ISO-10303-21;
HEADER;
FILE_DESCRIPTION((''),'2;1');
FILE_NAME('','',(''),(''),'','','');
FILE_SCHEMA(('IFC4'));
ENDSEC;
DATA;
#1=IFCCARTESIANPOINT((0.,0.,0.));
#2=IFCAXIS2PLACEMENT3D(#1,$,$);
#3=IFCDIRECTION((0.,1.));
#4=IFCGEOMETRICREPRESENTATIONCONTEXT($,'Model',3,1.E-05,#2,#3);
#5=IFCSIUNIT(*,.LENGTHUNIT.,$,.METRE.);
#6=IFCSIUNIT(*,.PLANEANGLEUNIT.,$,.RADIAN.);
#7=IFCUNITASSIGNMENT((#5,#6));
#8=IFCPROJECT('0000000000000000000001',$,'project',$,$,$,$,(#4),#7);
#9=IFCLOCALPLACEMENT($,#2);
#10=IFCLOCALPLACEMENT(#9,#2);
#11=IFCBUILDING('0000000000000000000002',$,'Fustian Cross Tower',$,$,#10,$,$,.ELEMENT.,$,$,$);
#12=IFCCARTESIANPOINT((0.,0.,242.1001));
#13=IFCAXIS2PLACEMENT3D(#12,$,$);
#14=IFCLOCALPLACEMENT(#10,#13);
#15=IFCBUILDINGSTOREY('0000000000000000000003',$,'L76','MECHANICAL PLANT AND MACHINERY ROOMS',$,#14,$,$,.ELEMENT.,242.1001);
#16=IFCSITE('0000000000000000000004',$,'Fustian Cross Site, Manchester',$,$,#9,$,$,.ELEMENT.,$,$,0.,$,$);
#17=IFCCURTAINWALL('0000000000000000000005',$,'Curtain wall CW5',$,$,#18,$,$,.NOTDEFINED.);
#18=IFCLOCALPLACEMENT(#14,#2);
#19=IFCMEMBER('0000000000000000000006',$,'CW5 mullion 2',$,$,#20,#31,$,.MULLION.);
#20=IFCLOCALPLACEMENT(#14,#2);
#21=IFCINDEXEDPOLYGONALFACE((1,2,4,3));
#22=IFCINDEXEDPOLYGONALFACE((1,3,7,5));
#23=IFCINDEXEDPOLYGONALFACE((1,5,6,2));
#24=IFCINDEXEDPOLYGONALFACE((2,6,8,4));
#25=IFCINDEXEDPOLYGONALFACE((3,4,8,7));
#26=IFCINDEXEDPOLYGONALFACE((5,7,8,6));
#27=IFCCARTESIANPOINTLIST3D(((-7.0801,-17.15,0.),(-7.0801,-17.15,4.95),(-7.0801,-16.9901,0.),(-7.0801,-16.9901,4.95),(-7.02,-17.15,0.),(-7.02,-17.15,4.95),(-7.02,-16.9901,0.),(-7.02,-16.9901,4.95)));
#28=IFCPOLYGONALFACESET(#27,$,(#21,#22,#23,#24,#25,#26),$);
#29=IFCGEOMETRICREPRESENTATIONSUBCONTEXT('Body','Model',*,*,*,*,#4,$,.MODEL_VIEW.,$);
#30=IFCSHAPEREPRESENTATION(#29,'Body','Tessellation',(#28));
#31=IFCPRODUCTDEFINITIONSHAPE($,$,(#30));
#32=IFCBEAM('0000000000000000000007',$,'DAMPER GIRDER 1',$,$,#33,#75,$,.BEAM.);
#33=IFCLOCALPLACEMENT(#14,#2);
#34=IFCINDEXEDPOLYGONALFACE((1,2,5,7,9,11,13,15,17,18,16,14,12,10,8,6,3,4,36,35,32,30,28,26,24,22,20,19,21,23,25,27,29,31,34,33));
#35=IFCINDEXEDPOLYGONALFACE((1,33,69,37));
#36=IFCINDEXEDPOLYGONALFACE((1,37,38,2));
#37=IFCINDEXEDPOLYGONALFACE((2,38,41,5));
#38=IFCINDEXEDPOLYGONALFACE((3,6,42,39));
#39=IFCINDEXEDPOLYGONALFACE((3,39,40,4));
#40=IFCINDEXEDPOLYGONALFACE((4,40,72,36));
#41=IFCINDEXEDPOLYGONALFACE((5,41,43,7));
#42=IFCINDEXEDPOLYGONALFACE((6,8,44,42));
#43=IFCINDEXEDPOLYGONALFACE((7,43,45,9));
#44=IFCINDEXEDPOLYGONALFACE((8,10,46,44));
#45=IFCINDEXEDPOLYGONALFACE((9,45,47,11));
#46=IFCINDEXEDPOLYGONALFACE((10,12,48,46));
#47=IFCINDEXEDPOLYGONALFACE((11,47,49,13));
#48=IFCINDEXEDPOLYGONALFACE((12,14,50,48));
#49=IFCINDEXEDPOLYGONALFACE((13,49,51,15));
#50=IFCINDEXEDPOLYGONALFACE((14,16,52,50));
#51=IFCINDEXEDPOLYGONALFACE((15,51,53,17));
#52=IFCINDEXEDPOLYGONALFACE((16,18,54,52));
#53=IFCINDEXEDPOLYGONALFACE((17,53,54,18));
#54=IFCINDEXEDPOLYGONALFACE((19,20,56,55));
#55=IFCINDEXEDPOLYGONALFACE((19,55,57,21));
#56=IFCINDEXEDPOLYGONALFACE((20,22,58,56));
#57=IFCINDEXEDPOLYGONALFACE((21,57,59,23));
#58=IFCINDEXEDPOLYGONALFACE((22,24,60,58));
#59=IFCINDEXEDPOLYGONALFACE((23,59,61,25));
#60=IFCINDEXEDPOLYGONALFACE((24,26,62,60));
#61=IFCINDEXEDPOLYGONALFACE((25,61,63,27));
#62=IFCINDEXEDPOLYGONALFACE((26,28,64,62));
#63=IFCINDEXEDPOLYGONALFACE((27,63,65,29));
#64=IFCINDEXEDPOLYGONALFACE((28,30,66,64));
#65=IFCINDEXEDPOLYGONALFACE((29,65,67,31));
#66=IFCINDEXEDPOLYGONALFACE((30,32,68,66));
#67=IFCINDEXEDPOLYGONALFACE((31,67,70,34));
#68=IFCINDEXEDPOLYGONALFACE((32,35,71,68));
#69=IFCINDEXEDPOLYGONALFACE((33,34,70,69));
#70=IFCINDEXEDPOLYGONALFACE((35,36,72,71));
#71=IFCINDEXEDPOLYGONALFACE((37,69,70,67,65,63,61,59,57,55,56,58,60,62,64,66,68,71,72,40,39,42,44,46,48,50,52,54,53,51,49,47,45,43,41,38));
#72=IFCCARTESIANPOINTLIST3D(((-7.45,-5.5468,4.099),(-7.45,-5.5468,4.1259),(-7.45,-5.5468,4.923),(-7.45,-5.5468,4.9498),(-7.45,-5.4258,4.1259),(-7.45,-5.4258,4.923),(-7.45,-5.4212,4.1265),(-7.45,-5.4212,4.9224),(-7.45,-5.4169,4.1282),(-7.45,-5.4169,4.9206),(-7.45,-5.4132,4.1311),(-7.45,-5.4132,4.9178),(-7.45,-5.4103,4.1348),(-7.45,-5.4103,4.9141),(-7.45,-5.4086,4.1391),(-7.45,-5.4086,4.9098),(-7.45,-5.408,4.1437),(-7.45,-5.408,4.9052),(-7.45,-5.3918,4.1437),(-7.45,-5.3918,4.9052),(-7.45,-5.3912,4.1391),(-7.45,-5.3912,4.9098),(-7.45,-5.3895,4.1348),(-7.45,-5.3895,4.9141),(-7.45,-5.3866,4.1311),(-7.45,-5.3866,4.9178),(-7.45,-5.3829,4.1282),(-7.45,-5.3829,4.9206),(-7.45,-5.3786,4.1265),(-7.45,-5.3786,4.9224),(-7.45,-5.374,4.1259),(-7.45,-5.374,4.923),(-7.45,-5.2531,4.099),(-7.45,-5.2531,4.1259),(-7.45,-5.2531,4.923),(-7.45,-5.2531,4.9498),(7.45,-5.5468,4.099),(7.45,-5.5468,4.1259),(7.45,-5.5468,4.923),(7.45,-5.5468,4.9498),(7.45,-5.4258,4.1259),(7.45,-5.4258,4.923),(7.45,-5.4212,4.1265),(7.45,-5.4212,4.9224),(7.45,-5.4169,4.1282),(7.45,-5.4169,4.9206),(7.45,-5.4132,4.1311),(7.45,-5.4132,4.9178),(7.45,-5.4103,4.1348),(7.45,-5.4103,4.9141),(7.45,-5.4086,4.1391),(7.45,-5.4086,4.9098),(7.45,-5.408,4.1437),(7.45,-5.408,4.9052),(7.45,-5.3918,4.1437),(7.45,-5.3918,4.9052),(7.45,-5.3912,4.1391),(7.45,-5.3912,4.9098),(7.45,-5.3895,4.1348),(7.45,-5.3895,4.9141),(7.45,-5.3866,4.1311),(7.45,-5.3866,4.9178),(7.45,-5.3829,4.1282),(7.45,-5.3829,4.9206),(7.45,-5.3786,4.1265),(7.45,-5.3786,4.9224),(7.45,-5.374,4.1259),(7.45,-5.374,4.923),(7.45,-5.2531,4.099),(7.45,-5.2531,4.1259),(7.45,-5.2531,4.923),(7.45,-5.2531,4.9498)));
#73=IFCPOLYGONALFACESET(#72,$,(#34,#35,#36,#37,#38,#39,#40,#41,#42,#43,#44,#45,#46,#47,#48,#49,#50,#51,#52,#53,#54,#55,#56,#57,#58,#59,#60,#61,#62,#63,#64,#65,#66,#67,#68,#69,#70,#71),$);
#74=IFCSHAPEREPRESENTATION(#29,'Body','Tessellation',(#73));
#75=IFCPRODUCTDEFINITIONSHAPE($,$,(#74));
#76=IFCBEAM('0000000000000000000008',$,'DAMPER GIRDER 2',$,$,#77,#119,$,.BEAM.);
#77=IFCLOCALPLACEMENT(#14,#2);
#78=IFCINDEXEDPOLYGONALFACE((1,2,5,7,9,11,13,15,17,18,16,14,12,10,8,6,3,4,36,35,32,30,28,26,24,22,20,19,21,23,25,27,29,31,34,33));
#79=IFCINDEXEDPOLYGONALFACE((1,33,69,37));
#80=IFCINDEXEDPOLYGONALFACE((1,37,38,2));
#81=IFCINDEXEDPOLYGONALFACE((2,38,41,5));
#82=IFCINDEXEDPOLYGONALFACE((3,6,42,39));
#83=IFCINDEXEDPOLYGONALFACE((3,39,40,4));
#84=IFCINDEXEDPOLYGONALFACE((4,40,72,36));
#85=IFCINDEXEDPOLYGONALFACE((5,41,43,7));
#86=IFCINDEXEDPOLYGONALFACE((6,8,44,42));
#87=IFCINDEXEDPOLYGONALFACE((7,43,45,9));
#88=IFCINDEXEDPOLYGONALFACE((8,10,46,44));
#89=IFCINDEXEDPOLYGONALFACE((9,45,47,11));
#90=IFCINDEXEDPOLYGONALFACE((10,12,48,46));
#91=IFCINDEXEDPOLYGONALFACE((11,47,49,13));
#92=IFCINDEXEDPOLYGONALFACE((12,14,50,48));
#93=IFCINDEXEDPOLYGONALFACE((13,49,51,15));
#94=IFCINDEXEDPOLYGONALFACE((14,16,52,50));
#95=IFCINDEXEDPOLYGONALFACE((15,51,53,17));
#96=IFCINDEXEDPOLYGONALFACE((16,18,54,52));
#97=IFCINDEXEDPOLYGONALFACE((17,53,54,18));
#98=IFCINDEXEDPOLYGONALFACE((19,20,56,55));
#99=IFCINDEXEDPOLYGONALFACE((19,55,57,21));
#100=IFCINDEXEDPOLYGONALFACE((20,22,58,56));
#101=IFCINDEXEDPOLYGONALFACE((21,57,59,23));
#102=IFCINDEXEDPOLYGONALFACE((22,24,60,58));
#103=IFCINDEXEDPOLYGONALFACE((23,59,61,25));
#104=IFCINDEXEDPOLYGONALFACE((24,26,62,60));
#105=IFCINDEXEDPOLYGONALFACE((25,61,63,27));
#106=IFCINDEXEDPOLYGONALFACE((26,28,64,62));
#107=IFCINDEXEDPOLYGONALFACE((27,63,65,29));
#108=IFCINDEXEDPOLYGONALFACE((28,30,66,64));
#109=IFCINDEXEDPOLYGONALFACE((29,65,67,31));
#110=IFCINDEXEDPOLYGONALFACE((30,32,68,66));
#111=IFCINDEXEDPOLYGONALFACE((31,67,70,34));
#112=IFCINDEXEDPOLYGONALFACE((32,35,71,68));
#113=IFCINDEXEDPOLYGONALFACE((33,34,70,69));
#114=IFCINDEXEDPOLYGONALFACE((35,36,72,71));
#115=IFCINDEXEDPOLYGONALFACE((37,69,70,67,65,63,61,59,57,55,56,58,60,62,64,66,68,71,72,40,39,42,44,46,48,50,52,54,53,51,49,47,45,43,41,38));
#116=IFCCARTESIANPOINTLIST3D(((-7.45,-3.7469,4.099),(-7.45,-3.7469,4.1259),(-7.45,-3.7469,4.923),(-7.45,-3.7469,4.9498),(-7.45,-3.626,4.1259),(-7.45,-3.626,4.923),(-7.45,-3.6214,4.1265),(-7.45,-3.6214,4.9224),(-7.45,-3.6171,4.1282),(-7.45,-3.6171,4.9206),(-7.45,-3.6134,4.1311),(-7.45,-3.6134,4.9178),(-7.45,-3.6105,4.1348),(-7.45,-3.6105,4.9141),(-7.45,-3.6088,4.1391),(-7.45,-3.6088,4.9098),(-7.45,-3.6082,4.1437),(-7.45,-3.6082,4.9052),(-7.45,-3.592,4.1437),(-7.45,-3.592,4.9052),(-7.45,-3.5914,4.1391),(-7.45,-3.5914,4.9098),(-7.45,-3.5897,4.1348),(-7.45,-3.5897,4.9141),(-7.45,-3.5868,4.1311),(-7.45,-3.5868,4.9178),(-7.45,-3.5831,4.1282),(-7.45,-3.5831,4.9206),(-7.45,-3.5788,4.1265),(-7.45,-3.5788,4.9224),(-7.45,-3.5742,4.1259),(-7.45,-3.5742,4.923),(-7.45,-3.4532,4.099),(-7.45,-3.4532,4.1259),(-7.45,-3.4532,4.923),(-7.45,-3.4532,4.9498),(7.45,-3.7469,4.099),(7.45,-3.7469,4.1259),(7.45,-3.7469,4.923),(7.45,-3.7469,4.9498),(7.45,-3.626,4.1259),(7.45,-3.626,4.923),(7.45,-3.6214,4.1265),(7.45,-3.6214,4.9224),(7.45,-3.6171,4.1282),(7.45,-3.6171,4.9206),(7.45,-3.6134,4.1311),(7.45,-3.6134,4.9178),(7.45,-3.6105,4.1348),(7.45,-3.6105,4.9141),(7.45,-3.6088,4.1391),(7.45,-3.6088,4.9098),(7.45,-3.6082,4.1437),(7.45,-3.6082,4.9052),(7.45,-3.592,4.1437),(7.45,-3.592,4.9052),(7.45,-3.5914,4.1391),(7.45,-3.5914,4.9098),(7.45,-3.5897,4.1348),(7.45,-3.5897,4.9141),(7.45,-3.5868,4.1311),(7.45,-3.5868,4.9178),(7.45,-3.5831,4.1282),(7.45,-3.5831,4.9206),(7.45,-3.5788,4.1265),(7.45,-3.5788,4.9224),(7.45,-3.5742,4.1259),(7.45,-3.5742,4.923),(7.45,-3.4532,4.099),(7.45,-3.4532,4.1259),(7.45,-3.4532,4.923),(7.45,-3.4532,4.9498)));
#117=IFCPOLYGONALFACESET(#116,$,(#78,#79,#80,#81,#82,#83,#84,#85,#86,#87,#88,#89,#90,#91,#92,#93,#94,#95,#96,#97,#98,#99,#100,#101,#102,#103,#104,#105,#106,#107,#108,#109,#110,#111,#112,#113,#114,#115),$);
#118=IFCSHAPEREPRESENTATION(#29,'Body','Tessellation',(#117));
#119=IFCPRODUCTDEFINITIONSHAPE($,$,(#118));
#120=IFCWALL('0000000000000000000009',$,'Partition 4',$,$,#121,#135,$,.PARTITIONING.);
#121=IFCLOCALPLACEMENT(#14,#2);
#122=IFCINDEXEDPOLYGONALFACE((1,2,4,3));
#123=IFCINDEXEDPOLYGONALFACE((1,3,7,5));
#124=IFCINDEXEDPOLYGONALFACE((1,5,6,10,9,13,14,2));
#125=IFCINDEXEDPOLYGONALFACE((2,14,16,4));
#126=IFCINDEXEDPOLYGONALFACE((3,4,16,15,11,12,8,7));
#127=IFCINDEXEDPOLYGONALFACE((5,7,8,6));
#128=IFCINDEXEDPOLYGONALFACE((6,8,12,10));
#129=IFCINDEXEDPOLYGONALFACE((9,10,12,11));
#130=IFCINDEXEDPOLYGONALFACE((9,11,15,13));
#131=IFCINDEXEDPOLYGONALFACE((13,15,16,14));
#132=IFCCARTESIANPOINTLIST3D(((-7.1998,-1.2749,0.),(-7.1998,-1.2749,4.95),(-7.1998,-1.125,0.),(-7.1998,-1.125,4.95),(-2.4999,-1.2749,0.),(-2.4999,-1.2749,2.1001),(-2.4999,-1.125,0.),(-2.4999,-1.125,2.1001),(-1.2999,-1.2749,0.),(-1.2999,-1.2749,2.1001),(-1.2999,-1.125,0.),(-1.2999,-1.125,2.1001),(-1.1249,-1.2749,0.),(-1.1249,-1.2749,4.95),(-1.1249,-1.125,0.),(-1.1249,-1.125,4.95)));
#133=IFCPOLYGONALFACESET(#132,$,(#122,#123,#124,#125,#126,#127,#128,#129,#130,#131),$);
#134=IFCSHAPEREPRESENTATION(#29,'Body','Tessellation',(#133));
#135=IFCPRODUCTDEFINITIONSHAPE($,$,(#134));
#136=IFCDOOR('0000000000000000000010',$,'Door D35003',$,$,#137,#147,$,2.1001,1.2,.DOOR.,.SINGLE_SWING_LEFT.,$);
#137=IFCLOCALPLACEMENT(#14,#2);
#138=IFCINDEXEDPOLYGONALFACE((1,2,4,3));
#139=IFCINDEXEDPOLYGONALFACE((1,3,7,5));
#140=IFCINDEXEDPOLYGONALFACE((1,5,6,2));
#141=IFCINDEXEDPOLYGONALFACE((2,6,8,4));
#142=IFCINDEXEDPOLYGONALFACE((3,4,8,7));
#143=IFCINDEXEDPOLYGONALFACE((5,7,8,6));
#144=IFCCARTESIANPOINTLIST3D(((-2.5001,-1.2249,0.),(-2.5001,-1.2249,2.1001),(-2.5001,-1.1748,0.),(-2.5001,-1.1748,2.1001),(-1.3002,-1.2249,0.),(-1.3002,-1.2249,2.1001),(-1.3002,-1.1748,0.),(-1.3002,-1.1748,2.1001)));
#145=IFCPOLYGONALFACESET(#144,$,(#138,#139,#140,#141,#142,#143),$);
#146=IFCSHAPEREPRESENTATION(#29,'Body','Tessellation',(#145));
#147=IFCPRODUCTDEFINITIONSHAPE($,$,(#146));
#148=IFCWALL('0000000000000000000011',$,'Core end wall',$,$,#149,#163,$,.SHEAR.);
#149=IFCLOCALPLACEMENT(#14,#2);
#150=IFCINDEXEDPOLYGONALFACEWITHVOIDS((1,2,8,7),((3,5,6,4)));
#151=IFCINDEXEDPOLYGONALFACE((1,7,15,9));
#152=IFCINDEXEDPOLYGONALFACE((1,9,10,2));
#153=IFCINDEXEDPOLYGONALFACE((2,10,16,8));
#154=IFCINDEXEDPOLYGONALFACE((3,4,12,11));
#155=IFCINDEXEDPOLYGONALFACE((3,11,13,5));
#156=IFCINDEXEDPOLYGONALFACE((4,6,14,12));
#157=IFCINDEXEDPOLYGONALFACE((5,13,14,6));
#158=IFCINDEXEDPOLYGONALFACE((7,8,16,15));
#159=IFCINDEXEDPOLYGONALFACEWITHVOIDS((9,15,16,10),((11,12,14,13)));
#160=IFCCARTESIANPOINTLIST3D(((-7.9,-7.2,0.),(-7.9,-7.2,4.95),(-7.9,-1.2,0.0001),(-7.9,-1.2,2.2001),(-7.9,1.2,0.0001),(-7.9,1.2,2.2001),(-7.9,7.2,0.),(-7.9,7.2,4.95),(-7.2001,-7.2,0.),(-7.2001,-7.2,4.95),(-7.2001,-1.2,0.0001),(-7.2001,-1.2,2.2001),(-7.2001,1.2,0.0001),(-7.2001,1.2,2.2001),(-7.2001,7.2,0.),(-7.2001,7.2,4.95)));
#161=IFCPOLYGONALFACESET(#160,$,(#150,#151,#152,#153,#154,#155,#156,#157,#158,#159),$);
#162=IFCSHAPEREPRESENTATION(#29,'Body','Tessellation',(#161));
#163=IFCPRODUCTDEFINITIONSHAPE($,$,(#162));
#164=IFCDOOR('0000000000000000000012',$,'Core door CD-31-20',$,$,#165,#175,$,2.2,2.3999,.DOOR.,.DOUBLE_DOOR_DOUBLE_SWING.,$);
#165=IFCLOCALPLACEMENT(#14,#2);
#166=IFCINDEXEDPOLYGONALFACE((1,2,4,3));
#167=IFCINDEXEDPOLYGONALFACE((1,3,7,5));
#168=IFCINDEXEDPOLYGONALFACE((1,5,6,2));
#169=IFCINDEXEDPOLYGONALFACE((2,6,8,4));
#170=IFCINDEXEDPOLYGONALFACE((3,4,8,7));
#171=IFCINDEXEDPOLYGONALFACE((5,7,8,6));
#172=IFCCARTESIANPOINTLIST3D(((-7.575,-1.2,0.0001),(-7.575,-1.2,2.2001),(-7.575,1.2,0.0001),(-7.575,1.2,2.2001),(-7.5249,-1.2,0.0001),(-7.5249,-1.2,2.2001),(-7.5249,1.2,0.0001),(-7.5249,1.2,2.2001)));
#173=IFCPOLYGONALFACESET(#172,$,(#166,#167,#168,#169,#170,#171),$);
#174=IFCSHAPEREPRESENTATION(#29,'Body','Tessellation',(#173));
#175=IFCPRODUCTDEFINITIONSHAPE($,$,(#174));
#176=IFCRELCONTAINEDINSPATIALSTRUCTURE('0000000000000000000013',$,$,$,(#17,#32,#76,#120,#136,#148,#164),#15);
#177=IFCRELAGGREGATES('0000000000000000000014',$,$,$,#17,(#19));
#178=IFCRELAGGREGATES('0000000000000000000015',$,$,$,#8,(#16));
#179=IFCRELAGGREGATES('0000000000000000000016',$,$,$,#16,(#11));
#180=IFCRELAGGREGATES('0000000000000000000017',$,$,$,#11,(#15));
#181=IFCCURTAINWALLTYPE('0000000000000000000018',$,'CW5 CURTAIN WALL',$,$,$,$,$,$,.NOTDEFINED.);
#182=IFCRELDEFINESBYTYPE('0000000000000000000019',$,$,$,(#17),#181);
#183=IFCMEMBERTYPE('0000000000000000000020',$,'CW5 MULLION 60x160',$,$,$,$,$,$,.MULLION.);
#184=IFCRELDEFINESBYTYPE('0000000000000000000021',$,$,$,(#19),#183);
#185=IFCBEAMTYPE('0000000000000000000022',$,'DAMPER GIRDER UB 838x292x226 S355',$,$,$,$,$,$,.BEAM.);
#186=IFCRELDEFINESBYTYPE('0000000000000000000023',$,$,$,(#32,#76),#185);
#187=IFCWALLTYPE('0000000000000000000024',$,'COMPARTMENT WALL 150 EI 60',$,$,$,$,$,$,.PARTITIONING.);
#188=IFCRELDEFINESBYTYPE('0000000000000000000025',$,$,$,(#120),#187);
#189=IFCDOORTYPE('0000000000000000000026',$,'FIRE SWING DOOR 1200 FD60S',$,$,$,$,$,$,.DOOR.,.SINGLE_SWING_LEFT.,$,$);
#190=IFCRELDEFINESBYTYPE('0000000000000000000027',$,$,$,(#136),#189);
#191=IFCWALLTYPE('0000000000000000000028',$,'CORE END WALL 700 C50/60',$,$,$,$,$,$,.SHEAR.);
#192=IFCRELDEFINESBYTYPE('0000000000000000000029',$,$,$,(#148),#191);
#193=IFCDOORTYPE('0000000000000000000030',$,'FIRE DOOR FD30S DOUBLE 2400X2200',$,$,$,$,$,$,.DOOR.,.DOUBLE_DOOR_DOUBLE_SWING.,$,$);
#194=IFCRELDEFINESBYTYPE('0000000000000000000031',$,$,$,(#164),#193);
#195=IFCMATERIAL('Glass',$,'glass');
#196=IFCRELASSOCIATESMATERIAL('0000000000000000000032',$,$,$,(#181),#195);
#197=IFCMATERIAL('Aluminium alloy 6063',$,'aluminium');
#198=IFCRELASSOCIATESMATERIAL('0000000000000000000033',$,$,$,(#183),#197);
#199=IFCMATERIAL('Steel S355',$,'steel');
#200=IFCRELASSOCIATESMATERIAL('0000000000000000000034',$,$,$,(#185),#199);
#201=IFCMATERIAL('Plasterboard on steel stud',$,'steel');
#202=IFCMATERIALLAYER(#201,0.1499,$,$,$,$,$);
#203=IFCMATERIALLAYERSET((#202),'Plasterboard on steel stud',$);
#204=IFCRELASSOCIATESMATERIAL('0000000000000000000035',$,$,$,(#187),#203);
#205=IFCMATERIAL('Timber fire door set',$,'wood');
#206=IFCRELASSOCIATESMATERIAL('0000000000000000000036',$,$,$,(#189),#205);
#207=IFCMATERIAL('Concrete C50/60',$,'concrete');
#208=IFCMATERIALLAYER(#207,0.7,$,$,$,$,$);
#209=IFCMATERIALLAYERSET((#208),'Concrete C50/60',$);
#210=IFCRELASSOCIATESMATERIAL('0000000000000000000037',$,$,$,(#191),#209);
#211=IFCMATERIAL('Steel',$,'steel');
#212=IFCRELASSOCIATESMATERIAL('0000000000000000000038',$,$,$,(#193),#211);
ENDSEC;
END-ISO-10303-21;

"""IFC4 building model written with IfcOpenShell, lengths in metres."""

from ifc_helpers import new_model, si_unit, direction, frame, frame_2d, origin, origin_2d, place, context, subcontext, project, spatial, rectangle, i_section, extrude, material, layer, layer_set, material_profile, profile_set, type_object, element, fill, aggregate, save


model = new_model("IFC4")

# Units and contexts
model_context = context("Model", 3, precision=1e-05, world=origin(), true_north=direction((0.0, 1.0)))
body_context = subcontext(model_context, "Body", "Model", "MODEL_VIEW")
ifc_project = project(units=[si_unit("LENGTHUNIT", "METRE"), si_unit("PLANEANGLEUNIT", "RADIAN")], contexts=[model_context])

# Site, building, storey
site_placement = place(None, origin())
site = spatial("IfcSite", under=ifc_project, at=site_placement, Name="Fustian Cross Site, Manchester", CompositionType="ELEMENT", RefElevation=0.0)
building_placement = place(site_placement, origin())
building = spatial("IfcBuilding", under=site, at=building_placement, Name="Fustian Cross Tower", CompositionType="ELEMENT")
storey_placement = place(building_placement, frame((0.0, 0.0, 242.1001)))
storey = spatial("IfcBuildingStorey", under=building, at=storey_placement, Name="L76", Description="MECHANICAL PLANT AND MACHINERY ROOMS", CompositionType="ELEMENT", Elevation=242.1001)

# Curtain wall, member
ifc_material_1 = material(Name="Glass", Category="glass")
curtain_wall_type = type_object("IfcCurtainWallType", Name="CW5 CURTAIN WALL", PredefinedType="NOTDEFINED", material=ifc_material_1)
curtain_wall_placement = place(storey_placement, origin())
curtain_wall = element("IfcCurtainWall", 1, at=curtain_wall_placement, inside=storey, type_object=curtain_wall_type, Name="Curtain wall CW5", PredefinedType="NOTDEFINED")
ifc_material_2 = material(Name="Aluminium alloy 6063", Category="aluminium")
ifc_material_profile_1 = material_profile(ifc_material_2, rectangle(XDim=0.0601, YDim=0.1599, at=origin_2d()), Name="CW5 MULLION 60x160")
ifc_profile_set_1 = profile_set([ifc_material_profile_1], Name="Aluminium alloy 6063")
member_type = type_object("IfcMemberType", Name="CW5 MULLION 60x160", PredefinedType="MULLION", material=ifc_profile_set_1)
member_placement = place(storey_placement, frame((-7.05, -17.0701, 0.0), z_axis=(0.0, 0.0, 1.0), x_axis=(1.0, 0.0, 0.0)))
member = element("IfcMember", 2, at=member_placement, type_object=member_type, Name="CW5 mullion 2", PredefinedType="MULLION", context=body_context, shape_type="SweptSolid", body=[
    extrude(rectangle(XDim=0.0601, YDim=0.1599, at=origin_2d()), origin(), (0.0, 0.0, 1.0), 4.95),
])
aggregate(curtain_wall, [member])

# Beams
ifc_material_3 = material(Name="Steel S355", Category="steel")
ifc_material_profile_2 = material_profile(ifc_material_3, i_section(OverallWidth=0.2937, OverallDepth=0.8508, WebThickness=0.0161, FlangeThickness=0.0269, FilletRadius=0.0178, at=origin_2d()), Name="UB 838x292x226")
ifc_profile_set_2 = profile_set([ifc_material_profile_2], Name="Steel S355")
beam_type = type_object("IfcBeamType", Name="DAMPER GIRDER UB 838x292x226 S355", PredefinedType="BEAM", material=ifc_profile_set_2)
for number, where, z_axis, x_axis, name in (
    (3, (-7.45, -5.3999, 4.5244), (1.0, 0.0, 0.0), (0.0, 1.0, 0.0), "DAMPER GIRDER 1"),
    (4, (-7.45, -3.6001, 4.5244), (1.0, 0.0, 0.0), (0.0, 1.0, 0.0), "DAMPER GIRDER 2"),
):
    element("IfcBeam", number, at=place(storey_placement, frame(where, z_axis=z_axis, x_axis=x_axis)), inside=storey, type_object=beam_type, Name=name, PredefinedType="BEAM", context=body_context, shape_type="SweptSolid", body=[
        extrude(i_section(OverallWidth=0.2937, OverallDepth=0.8508, WebThickness=0.0161, FlangeThickness=0.0269, FilletRadius=0.0178, at=origin_2d()), origin(), (0.0, 0.0, 1.0), 14.8999),
    ])

# Walls, openings, doors
ifc_material_4 = material(Name="Plasterboard on steel stud", Category="steel")
ifc_layer_1 = layer(ifc_material_4, 0.1499)
ifc_layer_set_1 = layer_set([ifc_layer_1], Name="Plasterboard on steel stud")
wall_type_1 = type_object("IfcWallType", Name="COMPARTMENT WALL 150 EI 60", PredefinedType="PARTITIONING", material=ifc_layer_set_1)
wall_1_placement = place(storey_placement, frame((-7.2, -1.2, 0.0), z_axis=(0.0, 0.0, 1.0), x_axis=(1.0, 0.0, 0.0)))
wall_1 = element("IfcWall", 5, at=wall_1_placement, inside=storey, type_object=wall_type_1, Name="Partition 4", PredefinedType="PARTITIONING", context=body_context, shape_type="SweptSolid", body=[
    extrude(rectangle(XDim=6.075, YDim=0.1499, at=frame_2d((3.0376, 0.0))), origin(), (0.0, 0.0, 1.0), 4.95),
])
opening_1_placement = place(wall_1_placement, frame((4.7, 0.0, 0.0)))
opening_1 = element("IfcOpeningElement", 6, at=opening_1_placement, cuts=wall_1, PredefinedType="OPENING", context=body_context, shape_type="SweptSolid", body=[
    extrude(rectangle(XDim=1.2, YDim=2.1001, at=frame_2d((0.6001, 1.05))), frame((0.0, 0.085, 0.0), z_axis=(0.0, -1.0, 0.0), x_axis=(1.0, 0.0, 0.0)), (0.0, 0.0, 1.0), 0.1699),
])
ifc_material_5 = material(Name="Timber fire door set", Category="wood")
door_type_1 = type_object("IfcDoorType", Name="FIRE SWING DOOR 1200 FD60S", OperationType="SINGLE_SWING_LEFT", PredefinedType="DOOR", material=ifc_material_5)
door_1_placement = place(opening_1_placement, frame((1.2, 0.0, 0.0), z_axis=(0.0, 0.0, 1.0), x_axis=(-1.0, 0.0, 0.0)))
door_1 = element("IfcDoor", 7, at=door_1_placement, inside=storey, type_object=door_type_1, Name="Door D35003", OperationType="SINGLE_SWING_LEFT", OverallHeight=2.1001, OverallWidth=1.2, PredefinedType="DOOR", context=body_context, shape_type="SweptSolid", body=[
    extrude(rectangle(XDim=1.2, YDim=2.1001, at=frame_2d((0.6001, 1.05))), frame((0.0, 0.0249, 0.0), z_axis=(0.0, -1.0, 0.0), x_axis=(1.0, 0.0, 0.0)), (0.0, 0.0, 1.0), 0.05),
])
fill(opening_1, door_1)
ifc_material_6 = material(Name="Concrete C50/60", Category="concrete")
ifc_layer_2 = layer(ifc_material_6, 0.7)
ifc_layer_set_2 = layer_set([ifc_layer_2], Name="Concrete C50/60")
wall_type_2 = type_object("IfcWallType", Name="CORE END WALL 700 C50/60", PredefinedType="SHEAR", material=ifc_layer_set_2)
wall_2_placement = place(storey_placement, frame((-7.55, -7.2, 0.0), z_axis=(0.0, 0.0, 1.0), x_axis=(0.0, 1.0, 0.0)))
wall_2 = element("IfcWall", 8, at=wall_2_placement, inside=storey, type_object=wall_type_2, Name="Core end wall", PredefinedType="SHEAR", context=body_context, shape_type="SweptSolid", body=[
    extrude(rectangle(XDim=14.3999, YDim=0.7, at=frame_2d((7.2, 0.0))), origin(), (0.0, 0.0, 1.0), 4.95),
])
opening_2_placement = place(wall_2_placement, frame((6.0, 0.0, 0.0)))
opening_2 = element("IfcOpeningElement", 9, at=opening_2_placement, cuts=wall_2, PredefinedType="OPENING", context=body_context, shape_type="SweptSolid", body=[
    extrude(rectangle(XDim=2.3999, YDim=2.2, at=frame_2d((1.2, 1.1001))), frame((0.0, 0.3599, 0.0), z_axis=(0.0, -1.0, 0.0), x_axis=(1.0, 0.0, 0.0)), (0.0, 0.0, 1.0), 0.72),
])
ifc_material_7 = material(Name="Steel", Category="steel")
door_type_2 = type_object("IfcDoorType", Name="FIRE DOOR FD30S DOUBLE 2400X2200", OperationType="DOUBLE_DOOR_DOUBLE_SWING", PredefinedType="DOOR", material=ifc_material_7)
door_2_placement = place(opening_2_placement, origin())
door_2 = element("IfcDoor", 10, at=door_2_placement, inside=storey, type_object=door_type_2, Name="Core door CD-31-20", OperationType="DOUBLE_DOOR_DOUBLE_SWING", OverallHeight=2.2, OverallWidth=2.3999, PredefinedType="DOOR", context=body_context, shape_type="SweptSolid", body=[
    extrude(rectangle(XDim=2.3999, YDim=2.2, at=frame_2d((1.2, 1.1001))), frame((0.0, 0.0249, 0.0), z_axis=(0.0, -1.0, 0.0), x_axis=(1.0, 0.0, 0.0)), (0.0, 0.0, 1.0), 0.05),
])
fill(opening_2, door_2)

save(model, "model.ifc")
